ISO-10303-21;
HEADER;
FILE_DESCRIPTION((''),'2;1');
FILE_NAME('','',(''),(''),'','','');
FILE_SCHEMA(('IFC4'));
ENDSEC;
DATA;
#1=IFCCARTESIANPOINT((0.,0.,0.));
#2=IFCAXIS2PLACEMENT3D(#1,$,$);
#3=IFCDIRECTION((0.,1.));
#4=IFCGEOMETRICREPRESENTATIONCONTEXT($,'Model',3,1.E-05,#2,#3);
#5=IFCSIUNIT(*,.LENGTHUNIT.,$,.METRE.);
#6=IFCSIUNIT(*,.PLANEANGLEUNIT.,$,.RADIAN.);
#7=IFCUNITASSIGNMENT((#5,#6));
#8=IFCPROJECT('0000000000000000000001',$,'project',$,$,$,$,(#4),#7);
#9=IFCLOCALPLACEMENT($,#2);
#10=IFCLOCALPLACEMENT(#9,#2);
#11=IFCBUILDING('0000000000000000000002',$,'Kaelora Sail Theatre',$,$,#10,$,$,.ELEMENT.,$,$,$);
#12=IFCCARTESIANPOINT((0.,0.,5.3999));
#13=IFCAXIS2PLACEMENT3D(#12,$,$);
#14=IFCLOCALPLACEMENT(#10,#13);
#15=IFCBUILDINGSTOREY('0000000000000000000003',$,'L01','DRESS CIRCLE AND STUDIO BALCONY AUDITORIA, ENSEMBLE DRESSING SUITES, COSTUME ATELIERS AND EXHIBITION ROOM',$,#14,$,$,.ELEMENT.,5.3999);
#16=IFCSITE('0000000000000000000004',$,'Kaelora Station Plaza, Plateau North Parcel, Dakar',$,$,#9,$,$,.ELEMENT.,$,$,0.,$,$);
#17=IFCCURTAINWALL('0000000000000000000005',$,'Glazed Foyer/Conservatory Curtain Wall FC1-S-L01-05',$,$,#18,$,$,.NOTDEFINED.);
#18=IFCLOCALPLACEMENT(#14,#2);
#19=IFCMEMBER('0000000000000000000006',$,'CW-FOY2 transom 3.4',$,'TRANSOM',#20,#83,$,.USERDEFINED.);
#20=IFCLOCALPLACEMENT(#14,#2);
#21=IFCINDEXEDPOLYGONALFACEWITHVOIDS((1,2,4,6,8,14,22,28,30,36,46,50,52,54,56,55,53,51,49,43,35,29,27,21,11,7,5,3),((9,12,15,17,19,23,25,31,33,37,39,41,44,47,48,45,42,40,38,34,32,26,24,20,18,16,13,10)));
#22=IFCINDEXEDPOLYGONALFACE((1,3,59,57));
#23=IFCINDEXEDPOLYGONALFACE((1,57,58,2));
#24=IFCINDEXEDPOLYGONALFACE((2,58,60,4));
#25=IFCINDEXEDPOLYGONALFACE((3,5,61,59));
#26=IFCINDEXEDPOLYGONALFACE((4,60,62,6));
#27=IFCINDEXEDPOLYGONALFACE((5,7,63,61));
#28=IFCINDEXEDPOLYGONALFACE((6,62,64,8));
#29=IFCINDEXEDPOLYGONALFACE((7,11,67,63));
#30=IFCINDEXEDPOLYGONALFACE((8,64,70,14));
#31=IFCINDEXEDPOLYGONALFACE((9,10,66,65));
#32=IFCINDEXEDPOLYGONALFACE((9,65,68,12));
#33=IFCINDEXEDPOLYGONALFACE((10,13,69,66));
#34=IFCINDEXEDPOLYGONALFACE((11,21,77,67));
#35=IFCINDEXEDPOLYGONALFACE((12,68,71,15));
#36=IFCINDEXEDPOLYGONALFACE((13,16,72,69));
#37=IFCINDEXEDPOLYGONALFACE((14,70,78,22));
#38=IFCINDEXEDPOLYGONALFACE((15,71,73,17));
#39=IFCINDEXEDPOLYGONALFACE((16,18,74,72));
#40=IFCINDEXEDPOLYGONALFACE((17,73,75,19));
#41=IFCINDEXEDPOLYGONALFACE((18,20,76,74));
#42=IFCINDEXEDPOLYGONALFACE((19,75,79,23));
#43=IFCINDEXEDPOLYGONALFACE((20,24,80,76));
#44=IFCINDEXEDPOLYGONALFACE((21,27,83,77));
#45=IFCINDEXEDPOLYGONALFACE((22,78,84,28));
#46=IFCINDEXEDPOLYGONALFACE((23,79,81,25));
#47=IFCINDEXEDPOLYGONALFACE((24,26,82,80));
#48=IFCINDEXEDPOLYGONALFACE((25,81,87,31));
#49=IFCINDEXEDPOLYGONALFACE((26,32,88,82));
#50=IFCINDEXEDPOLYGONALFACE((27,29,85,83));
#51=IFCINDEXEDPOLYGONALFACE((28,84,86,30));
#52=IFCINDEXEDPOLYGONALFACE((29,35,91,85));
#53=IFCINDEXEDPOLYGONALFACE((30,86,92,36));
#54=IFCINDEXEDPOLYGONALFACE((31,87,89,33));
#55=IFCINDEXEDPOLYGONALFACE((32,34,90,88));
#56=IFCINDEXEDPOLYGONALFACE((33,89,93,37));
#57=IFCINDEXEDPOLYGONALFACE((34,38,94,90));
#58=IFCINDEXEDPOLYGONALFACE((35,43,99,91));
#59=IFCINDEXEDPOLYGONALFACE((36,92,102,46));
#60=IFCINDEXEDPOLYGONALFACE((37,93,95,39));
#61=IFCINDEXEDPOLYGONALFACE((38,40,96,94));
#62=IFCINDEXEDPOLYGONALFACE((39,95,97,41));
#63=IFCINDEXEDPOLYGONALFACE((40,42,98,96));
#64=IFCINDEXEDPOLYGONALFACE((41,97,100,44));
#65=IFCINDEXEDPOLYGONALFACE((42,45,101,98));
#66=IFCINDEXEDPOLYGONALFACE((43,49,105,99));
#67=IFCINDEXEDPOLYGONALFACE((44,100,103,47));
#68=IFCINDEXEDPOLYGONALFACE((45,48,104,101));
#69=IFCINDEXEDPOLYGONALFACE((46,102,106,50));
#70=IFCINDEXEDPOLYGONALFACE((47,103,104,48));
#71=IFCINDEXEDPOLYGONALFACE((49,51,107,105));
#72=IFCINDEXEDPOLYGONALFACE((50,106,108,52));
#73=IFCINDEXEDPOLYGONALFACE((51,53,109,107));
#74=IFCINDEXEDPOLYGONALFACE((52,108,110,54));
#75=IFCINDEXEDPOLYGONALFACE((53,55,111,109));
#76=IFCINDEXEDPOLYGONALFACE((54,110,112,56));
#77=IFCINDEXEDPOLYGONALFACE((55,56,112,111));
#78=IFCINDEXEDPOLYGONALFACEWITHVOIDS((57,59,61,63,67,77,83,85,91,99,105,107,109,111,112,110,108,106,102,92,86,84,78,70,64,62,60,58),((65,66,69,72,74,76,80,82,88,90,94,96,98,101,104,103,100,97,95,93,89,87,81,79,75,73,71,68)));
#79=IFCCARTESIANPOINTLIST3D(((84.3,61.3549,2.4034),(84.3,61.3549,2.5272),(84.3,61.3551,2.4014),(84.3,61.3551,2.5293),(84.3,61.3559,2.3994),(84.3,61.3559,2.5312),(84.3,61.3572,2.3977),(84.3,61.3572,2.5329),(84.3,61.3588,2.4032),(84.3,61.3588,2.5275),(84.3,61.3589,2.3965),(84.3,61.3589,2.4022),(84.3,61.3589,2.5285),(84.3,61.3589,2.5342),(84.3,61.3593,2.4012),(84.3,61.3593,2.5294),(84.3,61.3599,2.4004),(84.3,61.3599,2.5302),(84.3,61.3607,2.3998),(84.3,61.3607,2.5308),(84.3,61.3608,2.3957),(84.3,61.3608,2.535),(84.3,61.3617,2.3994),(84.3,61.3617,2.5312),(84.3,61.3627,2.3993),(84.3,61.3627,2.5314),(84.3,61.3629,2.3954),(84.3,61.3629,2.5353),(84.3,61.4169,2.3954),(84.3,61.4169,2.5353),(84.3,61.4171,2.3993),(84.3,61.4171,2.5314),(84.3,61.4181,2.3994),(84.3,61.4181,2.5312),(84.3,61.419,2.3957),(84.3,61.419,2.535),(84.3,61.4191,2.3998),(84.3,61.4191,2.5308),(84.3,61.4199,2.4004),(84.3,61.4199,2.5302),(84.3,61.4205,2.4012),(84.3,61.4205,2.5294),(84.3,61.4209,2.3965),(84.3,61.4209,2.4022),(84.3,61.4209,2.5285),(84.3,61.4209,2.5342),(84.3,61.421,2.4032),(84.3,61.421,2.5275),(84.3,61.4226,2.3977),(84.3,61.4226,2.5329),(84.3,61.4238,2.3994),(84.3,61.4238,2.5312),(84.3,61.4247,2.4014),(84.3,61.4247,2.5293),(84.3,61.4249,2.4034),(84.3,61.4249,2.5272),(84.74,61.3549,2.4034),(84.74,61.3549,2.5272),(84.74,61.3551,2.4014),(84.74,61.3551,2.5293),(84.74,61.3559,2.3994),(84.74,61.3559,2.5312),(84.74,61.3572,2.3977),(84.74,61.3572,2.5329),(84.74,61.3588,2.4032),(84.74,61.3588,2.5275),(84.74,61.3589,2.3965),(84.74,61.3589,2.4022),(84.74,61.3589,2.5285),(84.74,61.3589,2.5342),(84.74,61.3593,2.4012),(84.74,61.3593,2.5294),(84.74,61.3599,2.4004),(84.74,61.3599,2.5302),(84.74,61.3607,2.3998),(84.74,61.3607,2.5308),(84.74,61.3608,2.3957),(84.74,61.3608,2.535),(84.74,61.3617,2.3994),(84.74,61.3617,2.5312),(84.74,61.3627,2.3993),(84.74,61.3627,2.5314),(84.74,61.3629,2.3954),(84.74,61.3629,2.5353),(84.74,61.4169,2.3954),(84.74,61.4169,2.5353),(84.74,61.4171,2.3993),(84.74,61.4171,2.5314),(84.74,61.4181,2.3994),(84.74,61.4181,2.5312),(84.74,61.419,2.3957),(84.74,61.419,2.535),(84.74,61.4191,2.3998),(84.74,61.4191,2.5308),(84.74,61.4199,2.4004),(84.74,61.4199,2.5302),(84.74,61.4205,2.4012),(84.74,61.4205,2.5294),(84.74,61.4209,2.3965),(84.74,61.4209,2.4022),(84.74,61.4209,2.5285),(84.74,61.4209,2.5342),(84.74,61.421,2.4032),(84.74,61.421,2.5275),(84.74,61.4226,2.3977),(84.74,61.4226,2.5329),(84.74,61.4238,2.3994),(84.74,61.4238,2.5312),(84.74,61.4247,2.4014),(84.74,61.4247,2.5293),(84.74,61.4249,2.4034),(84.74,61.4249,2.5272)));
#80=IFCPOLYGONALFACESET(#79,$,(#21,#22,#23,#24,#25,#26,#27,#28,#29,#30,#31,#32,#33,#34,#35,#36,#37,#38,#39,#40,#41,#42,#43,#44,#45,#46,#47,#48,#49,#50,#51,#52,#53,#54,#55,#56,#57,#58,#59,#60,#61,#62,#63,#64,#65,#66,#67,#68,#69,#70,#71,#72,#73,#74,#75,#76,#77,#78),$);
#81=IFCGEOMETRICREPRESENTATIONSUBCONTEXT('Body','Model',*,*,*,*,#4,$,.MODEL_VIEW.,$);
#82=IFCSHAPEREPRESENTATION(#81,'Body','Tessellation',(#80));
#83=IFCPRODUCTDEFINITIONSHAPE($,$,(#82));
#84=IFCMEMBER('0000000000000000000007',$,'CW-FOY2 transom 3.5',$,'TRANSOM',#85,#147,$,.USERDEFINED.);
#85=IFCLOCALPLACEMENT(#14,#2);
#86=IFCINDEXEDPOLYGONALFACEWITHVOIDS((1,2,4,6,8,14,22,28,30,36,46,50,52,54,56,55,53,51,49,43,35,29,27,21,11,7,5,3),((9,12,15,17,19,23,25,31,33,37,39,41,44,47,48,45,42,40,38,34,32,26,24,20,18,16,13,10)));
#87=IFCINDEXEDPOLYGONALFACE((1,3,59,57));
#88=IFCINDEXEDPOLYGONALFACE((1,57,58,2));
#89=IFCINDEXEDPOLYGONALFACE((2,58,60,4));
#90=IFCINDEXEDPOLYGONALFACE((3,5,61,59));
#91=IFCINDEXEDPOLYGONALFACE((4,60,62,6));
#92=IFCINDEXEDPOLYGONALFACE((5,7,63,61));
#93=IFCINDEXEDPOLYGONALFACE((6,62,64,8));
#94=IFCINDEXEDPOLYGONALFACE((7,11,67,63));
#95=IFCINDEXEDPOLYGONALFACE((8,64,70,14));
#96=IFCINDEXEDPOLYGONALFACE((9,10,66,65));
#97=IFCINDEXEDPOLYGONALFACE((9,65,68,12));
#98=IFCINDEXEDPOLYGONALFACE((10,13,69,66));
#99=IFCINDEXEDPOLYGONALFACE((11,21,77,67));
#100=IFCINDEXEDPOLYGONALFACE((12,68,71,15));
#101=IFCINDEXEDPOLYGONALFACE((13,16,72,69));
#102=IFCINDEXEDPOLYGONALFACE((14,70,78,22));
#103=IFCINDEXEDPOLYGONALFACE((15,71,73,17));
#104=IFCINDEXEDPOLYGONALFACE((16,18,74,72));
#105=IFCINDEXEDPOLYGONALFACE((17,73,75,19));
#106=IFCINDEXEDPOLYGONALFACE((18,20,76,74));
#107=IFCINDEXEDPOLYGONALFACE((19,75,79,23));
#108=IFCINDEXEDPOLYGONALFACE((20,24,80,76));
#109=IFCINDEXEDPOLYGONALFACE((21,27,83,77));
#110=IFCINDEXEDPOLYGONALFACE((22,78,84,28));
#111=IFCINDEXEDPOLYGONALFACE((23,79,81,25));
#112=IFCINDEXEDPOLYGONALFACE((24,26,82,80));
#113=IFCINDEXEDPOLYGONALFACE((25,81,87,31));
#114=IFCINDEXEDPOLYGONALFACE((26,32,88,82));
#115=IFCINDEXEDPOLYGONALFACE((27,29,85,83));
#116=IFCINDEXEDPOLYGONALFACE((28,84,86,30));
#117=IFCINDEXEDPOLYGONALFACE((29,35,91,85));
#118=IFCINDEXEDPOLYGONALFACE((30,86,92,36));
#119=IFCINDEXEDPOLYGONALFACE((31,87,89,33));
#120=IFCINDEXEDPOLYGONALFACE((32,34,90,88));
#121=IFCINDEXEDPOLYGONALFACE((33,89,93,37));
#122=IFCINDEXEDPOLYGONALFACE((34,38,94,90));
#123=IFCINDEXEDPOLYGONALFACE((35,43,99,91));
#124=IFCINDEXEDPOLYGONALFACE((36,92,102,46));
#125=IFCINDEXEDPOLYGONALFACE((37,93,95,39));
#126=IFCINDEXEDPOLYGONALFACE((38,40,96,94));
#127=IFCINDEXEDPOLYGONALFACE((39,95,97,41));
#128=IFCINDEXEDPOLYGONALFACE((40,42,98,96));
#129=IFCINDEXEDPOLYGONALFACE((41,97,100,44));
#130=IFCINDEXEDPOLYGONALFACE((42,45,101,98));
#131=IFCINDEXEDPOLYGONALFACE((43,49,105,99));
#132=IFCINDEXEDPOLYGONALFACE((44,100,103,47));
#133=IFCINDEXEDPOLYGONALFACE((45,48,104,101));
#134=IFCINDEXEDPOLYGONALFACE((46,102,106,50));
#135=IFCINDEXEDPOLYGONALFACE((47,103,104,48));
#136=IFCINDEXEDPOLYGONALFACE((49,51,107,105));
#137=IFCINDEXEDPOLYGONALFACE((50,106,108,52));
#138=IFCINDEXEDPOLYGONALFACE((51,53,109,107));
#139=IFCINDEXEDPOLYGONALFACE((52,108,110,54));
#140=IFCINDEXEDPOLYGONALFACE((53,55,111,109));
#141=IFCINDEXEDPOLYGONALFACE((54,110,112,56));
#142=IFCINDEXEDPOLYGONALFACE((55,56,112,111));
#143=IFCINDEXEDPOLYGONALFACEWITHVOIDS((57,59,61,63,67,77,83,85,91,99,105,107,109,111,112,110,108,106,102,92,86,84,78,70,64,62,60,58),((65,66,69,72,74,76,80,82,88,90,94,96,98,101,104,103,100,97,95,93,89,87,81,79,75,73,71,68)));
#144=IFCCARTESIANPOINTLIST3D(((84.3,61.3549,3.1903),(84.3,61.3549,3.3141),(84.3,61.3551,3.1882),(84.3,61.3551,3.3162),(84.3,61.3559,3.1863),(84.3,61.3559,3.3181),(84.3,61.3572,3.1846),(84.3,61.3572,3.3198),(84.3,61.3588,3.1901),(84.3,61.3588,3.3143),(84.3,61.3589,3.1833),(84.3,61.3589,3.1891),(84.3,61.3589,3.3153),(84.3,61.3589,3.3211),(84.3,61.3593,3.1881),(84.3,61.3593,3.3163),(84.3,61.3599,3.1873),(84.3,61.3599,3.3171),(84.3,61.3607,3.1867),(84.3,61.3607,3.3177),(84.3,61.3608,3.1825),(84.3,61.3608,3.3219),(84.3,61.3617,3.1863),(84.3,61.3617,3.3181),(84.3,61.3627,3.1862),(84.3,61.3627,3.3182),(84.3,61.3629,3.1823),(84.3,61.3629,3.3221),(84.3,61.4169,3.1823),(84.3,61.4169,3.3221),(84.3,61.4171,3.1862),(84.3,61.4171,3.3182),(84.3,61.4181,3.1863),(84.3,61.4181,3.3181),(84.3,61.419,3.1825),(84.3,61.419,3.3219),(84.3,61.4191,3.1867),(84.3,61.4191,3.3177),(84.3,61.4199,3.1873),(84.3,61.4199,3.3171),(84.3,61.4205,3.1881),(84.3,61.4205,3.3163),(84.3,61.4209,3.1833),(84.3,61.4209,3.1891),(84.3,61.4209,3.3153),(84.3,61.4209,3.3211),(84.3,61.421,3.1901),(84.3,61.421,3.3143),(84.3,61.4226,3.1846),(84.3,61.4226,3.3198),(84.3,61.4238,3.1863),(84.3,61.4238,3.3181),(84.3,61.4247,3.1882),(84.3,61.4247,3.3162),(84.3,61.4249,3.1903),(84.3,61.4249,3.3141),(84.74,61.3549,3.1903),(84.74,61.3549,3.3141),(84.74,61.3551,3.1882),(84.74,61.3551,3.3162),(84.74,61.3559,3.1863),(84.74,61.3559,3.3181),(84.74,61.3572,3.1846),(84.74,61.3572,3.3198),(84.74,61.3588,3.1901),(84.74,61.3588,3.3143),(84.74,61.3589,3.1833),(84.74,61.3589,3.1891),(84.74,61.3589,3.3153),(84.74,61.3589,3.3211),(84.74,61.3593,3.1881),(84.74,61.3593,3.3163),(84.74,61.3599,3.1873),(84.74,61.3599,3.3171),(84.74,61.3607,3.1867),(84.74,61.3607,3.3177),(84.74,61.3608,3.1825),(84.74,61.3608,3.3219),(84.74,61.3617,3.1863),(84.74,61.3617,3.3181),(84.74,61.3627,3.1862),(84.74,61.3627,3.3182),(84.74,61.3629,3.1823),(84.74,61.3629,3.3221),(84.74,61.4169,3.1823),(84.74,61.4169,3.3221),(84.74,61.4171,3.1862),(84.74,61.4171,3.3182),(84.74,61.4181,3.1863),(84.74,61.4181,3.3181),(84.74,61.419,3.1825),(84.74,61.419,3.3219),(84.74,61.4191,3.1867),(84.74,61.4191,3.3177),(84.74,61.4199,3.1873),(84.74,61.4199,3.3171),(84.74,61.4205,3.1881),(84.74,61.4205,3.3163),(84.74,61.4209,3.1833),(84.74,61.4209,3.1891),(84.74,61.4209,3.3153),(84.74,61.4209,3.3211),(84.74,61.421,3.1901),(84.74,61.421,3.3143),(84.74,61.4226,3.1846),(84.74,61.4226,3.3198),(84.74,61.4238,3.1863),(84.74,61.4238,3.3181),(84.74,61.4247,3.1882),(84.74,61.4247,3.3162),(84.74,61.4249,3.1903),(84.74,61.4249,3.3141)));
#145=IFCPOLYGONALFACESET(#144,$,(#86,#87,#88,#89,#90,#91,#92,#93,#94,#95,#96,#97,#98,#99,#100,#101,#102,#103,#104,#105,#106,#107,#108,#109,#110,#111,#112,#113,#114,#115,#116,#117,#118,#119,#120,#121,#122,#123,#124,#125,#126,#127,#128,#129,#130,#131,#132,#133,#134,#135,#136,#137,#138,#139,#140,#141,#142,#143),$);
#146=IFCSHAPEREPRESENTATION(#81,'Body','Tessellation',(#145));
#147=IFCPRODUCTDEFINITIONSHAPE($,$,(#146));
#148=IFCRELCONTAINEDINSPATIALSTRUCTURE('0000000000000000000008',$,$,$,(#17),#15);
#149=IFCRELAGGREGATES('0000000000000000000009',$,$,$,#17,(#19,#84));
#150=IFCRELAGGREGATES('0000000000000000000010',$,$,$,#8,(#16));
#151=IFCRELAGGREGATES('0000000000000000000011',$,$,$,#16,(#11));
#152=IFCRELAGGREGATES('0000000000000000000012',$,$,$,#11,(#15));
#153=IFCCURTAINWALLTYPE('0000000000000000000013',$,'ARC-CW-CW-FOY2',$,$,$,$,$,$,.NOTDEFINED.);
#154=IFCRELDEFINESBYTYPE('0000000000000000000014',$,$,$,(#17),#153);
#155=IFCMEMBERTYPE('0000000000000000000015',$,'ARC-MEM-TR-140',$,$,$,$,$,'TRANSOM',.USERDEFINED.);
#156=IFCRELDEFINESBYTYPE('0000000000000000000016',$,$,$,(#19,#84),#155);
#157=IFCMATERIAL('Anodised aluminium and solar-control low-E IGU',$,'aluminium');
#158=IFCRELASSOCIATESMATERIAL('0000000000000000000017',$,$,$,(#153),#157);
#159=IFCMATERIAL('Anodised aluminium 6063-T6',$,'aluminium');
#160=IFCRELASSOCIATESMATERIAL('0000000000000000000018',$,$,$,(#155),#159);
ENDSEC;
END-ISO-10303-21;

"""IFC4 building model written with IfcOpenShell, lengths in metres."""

from ifc_helpers import new_model, si_unit, direction, frame, origin, origin_2d, place, context, subcontext, project, spatial, hollow_rectangle, extrude, material, material_profile, profile_set, type_object, element, aggregate, save


model = new_model("IFC4")

# Units and contexts
model_context = context("Model", 3, precision=1e-05, world=origin(), true_north=direction((0.0, 1.0)))
body_context = subcontext(model_context, "Body", "Model", "MODEL_VIEW")
ifc_project = project(units=[si_unit("LENGTHUNIT", "METRE"), si_unit("PLANEANGLEUNIT", "RADIAN")], contexts=[model_context])

# Site, building, storey
site_placement = place(None, origin())
site = spatial("IfcSite", under=ifc_project, at=site_placement, Name="Kaelora Station Plaza, Plateau North Parcel, Dakar", CompositionType="ELEMENT", RefElevation=0.0)
building_placement = place(site_placement, origin())
building = spatial("IfcBuilding", under=site, at=building_placement, Name="Kaelora Sail Theatre", CompositionType="ELEMENT")
storey_placement = place(building_placement, frame((0.0, 0.0, 5.3999)))
storey = spatial("IfcBuildingStorey", under=building, at=storey_placement, Name="L01", Description="DRESS CIRCLE AND STUDIO BALCONY AUDITORIA, ENSEMBLE DRESSING SUITES, COSTUME ATELIERS AND EXHIBITION ROOM", CompositionType="ELEMENT", Elevation=5.3999)

# Curtain wall
ifc_material_1 = material(Name="Anodised aluminium and solar-control low-E IGU", Category="aluminium")
curtain_wall_type = type_object("IfcCurtainWallType", Name="ARC-CW-CW-FOY2", PredefinedType="NOTDEFINED", material=ifc_material_1)
curtain_wall_1_placement = place(storey_placement, origin())
curtain_wall_1 = element("IfcCurtainWall", 1, at=curtain_wall_1_placement, inside=storey, type_object=curtain_wall_type, Name="Glazed Foyer/Conservatory Curtain Wall FC1-S-L01-05", PredefinedType="NOTDEFINED")

# Members
ifc_material_2 = material(Name="Anodised aluminium 6063-T6", Category="aluminium")
ifc_material_profile_1 = material_profile(ifc_material_2, hollow_rectangle(XDim=0.0701, YDim=0.1399, WallThickness=0.0039, InnerFilletRadius=0.0039, OuterFilletRadius=0.0081, at=origin_2d()), Name="ALU-TRAN 70x140x4")
ifc_profile_set_1 = profile_set([ifc_material_profile_1], Name="Anodised aluminium 6063-T6")
member_type_1 = type_object("IfcMemberType", Name="ARC-MEM-TR-140", ElementType="TRANSOM", PredefinedType="USERDEFINED", material=ifc_profile_set_1)
member_1_placement = place(storey_placement, frame((84.3, 61.3899, 2.4653), z_axis=(1.0, 0.0, 0.0), x_axis=(0.0, 1.0, 0.0)))
member_1 = element("IfcMember", 2, at=member_1_placement, type_object=member_type_1, Name="CW-FOY2 transom 3.4", ObjectType="TRANSOM", PredefinedType="USERDEFINED", context=body_context, shape_type="SweptSolid", body=[
    extrude(hollow_rectangle(XDim=0.0701, YDim=0.1399, WallThickness=0.0039, InnerFilletRadius=0.0039, OuterFilletRadius=0.0081, at=origin_2d()), origin(), (0.0, 0.0, 1.0), 0.4399),
])
member_2_placement = place(storey_placement, frame((84.3, 61.3899, 3.2522), z_axis=(1.0, 0.0, 0.0), x_axis=(0.0, 1.0, 0.0)))
member_2 = element("IfcMember", 3, at=member_2_placement, type_object=member_type_1, Name="CW-FOY2 transom 3.5", ObjectType="TRANSOM", PredefinedType="USERDEFINED", context=body_context, shape_type="SweptSolid", body=[
    extrude(hollow_rectangle(XDim=0.0701, YDim=0.1399, WallThickness=0.0039, InnerFilletRadius=0.0039, OuterFilletRadius=0.0081, at=origin_2d()), origin(), (0.0, 0.0, 1.0), 0.4399),
])

aggregate(curtain_wall_1, [member_1, member_2])

save(model, "model.ifc")
